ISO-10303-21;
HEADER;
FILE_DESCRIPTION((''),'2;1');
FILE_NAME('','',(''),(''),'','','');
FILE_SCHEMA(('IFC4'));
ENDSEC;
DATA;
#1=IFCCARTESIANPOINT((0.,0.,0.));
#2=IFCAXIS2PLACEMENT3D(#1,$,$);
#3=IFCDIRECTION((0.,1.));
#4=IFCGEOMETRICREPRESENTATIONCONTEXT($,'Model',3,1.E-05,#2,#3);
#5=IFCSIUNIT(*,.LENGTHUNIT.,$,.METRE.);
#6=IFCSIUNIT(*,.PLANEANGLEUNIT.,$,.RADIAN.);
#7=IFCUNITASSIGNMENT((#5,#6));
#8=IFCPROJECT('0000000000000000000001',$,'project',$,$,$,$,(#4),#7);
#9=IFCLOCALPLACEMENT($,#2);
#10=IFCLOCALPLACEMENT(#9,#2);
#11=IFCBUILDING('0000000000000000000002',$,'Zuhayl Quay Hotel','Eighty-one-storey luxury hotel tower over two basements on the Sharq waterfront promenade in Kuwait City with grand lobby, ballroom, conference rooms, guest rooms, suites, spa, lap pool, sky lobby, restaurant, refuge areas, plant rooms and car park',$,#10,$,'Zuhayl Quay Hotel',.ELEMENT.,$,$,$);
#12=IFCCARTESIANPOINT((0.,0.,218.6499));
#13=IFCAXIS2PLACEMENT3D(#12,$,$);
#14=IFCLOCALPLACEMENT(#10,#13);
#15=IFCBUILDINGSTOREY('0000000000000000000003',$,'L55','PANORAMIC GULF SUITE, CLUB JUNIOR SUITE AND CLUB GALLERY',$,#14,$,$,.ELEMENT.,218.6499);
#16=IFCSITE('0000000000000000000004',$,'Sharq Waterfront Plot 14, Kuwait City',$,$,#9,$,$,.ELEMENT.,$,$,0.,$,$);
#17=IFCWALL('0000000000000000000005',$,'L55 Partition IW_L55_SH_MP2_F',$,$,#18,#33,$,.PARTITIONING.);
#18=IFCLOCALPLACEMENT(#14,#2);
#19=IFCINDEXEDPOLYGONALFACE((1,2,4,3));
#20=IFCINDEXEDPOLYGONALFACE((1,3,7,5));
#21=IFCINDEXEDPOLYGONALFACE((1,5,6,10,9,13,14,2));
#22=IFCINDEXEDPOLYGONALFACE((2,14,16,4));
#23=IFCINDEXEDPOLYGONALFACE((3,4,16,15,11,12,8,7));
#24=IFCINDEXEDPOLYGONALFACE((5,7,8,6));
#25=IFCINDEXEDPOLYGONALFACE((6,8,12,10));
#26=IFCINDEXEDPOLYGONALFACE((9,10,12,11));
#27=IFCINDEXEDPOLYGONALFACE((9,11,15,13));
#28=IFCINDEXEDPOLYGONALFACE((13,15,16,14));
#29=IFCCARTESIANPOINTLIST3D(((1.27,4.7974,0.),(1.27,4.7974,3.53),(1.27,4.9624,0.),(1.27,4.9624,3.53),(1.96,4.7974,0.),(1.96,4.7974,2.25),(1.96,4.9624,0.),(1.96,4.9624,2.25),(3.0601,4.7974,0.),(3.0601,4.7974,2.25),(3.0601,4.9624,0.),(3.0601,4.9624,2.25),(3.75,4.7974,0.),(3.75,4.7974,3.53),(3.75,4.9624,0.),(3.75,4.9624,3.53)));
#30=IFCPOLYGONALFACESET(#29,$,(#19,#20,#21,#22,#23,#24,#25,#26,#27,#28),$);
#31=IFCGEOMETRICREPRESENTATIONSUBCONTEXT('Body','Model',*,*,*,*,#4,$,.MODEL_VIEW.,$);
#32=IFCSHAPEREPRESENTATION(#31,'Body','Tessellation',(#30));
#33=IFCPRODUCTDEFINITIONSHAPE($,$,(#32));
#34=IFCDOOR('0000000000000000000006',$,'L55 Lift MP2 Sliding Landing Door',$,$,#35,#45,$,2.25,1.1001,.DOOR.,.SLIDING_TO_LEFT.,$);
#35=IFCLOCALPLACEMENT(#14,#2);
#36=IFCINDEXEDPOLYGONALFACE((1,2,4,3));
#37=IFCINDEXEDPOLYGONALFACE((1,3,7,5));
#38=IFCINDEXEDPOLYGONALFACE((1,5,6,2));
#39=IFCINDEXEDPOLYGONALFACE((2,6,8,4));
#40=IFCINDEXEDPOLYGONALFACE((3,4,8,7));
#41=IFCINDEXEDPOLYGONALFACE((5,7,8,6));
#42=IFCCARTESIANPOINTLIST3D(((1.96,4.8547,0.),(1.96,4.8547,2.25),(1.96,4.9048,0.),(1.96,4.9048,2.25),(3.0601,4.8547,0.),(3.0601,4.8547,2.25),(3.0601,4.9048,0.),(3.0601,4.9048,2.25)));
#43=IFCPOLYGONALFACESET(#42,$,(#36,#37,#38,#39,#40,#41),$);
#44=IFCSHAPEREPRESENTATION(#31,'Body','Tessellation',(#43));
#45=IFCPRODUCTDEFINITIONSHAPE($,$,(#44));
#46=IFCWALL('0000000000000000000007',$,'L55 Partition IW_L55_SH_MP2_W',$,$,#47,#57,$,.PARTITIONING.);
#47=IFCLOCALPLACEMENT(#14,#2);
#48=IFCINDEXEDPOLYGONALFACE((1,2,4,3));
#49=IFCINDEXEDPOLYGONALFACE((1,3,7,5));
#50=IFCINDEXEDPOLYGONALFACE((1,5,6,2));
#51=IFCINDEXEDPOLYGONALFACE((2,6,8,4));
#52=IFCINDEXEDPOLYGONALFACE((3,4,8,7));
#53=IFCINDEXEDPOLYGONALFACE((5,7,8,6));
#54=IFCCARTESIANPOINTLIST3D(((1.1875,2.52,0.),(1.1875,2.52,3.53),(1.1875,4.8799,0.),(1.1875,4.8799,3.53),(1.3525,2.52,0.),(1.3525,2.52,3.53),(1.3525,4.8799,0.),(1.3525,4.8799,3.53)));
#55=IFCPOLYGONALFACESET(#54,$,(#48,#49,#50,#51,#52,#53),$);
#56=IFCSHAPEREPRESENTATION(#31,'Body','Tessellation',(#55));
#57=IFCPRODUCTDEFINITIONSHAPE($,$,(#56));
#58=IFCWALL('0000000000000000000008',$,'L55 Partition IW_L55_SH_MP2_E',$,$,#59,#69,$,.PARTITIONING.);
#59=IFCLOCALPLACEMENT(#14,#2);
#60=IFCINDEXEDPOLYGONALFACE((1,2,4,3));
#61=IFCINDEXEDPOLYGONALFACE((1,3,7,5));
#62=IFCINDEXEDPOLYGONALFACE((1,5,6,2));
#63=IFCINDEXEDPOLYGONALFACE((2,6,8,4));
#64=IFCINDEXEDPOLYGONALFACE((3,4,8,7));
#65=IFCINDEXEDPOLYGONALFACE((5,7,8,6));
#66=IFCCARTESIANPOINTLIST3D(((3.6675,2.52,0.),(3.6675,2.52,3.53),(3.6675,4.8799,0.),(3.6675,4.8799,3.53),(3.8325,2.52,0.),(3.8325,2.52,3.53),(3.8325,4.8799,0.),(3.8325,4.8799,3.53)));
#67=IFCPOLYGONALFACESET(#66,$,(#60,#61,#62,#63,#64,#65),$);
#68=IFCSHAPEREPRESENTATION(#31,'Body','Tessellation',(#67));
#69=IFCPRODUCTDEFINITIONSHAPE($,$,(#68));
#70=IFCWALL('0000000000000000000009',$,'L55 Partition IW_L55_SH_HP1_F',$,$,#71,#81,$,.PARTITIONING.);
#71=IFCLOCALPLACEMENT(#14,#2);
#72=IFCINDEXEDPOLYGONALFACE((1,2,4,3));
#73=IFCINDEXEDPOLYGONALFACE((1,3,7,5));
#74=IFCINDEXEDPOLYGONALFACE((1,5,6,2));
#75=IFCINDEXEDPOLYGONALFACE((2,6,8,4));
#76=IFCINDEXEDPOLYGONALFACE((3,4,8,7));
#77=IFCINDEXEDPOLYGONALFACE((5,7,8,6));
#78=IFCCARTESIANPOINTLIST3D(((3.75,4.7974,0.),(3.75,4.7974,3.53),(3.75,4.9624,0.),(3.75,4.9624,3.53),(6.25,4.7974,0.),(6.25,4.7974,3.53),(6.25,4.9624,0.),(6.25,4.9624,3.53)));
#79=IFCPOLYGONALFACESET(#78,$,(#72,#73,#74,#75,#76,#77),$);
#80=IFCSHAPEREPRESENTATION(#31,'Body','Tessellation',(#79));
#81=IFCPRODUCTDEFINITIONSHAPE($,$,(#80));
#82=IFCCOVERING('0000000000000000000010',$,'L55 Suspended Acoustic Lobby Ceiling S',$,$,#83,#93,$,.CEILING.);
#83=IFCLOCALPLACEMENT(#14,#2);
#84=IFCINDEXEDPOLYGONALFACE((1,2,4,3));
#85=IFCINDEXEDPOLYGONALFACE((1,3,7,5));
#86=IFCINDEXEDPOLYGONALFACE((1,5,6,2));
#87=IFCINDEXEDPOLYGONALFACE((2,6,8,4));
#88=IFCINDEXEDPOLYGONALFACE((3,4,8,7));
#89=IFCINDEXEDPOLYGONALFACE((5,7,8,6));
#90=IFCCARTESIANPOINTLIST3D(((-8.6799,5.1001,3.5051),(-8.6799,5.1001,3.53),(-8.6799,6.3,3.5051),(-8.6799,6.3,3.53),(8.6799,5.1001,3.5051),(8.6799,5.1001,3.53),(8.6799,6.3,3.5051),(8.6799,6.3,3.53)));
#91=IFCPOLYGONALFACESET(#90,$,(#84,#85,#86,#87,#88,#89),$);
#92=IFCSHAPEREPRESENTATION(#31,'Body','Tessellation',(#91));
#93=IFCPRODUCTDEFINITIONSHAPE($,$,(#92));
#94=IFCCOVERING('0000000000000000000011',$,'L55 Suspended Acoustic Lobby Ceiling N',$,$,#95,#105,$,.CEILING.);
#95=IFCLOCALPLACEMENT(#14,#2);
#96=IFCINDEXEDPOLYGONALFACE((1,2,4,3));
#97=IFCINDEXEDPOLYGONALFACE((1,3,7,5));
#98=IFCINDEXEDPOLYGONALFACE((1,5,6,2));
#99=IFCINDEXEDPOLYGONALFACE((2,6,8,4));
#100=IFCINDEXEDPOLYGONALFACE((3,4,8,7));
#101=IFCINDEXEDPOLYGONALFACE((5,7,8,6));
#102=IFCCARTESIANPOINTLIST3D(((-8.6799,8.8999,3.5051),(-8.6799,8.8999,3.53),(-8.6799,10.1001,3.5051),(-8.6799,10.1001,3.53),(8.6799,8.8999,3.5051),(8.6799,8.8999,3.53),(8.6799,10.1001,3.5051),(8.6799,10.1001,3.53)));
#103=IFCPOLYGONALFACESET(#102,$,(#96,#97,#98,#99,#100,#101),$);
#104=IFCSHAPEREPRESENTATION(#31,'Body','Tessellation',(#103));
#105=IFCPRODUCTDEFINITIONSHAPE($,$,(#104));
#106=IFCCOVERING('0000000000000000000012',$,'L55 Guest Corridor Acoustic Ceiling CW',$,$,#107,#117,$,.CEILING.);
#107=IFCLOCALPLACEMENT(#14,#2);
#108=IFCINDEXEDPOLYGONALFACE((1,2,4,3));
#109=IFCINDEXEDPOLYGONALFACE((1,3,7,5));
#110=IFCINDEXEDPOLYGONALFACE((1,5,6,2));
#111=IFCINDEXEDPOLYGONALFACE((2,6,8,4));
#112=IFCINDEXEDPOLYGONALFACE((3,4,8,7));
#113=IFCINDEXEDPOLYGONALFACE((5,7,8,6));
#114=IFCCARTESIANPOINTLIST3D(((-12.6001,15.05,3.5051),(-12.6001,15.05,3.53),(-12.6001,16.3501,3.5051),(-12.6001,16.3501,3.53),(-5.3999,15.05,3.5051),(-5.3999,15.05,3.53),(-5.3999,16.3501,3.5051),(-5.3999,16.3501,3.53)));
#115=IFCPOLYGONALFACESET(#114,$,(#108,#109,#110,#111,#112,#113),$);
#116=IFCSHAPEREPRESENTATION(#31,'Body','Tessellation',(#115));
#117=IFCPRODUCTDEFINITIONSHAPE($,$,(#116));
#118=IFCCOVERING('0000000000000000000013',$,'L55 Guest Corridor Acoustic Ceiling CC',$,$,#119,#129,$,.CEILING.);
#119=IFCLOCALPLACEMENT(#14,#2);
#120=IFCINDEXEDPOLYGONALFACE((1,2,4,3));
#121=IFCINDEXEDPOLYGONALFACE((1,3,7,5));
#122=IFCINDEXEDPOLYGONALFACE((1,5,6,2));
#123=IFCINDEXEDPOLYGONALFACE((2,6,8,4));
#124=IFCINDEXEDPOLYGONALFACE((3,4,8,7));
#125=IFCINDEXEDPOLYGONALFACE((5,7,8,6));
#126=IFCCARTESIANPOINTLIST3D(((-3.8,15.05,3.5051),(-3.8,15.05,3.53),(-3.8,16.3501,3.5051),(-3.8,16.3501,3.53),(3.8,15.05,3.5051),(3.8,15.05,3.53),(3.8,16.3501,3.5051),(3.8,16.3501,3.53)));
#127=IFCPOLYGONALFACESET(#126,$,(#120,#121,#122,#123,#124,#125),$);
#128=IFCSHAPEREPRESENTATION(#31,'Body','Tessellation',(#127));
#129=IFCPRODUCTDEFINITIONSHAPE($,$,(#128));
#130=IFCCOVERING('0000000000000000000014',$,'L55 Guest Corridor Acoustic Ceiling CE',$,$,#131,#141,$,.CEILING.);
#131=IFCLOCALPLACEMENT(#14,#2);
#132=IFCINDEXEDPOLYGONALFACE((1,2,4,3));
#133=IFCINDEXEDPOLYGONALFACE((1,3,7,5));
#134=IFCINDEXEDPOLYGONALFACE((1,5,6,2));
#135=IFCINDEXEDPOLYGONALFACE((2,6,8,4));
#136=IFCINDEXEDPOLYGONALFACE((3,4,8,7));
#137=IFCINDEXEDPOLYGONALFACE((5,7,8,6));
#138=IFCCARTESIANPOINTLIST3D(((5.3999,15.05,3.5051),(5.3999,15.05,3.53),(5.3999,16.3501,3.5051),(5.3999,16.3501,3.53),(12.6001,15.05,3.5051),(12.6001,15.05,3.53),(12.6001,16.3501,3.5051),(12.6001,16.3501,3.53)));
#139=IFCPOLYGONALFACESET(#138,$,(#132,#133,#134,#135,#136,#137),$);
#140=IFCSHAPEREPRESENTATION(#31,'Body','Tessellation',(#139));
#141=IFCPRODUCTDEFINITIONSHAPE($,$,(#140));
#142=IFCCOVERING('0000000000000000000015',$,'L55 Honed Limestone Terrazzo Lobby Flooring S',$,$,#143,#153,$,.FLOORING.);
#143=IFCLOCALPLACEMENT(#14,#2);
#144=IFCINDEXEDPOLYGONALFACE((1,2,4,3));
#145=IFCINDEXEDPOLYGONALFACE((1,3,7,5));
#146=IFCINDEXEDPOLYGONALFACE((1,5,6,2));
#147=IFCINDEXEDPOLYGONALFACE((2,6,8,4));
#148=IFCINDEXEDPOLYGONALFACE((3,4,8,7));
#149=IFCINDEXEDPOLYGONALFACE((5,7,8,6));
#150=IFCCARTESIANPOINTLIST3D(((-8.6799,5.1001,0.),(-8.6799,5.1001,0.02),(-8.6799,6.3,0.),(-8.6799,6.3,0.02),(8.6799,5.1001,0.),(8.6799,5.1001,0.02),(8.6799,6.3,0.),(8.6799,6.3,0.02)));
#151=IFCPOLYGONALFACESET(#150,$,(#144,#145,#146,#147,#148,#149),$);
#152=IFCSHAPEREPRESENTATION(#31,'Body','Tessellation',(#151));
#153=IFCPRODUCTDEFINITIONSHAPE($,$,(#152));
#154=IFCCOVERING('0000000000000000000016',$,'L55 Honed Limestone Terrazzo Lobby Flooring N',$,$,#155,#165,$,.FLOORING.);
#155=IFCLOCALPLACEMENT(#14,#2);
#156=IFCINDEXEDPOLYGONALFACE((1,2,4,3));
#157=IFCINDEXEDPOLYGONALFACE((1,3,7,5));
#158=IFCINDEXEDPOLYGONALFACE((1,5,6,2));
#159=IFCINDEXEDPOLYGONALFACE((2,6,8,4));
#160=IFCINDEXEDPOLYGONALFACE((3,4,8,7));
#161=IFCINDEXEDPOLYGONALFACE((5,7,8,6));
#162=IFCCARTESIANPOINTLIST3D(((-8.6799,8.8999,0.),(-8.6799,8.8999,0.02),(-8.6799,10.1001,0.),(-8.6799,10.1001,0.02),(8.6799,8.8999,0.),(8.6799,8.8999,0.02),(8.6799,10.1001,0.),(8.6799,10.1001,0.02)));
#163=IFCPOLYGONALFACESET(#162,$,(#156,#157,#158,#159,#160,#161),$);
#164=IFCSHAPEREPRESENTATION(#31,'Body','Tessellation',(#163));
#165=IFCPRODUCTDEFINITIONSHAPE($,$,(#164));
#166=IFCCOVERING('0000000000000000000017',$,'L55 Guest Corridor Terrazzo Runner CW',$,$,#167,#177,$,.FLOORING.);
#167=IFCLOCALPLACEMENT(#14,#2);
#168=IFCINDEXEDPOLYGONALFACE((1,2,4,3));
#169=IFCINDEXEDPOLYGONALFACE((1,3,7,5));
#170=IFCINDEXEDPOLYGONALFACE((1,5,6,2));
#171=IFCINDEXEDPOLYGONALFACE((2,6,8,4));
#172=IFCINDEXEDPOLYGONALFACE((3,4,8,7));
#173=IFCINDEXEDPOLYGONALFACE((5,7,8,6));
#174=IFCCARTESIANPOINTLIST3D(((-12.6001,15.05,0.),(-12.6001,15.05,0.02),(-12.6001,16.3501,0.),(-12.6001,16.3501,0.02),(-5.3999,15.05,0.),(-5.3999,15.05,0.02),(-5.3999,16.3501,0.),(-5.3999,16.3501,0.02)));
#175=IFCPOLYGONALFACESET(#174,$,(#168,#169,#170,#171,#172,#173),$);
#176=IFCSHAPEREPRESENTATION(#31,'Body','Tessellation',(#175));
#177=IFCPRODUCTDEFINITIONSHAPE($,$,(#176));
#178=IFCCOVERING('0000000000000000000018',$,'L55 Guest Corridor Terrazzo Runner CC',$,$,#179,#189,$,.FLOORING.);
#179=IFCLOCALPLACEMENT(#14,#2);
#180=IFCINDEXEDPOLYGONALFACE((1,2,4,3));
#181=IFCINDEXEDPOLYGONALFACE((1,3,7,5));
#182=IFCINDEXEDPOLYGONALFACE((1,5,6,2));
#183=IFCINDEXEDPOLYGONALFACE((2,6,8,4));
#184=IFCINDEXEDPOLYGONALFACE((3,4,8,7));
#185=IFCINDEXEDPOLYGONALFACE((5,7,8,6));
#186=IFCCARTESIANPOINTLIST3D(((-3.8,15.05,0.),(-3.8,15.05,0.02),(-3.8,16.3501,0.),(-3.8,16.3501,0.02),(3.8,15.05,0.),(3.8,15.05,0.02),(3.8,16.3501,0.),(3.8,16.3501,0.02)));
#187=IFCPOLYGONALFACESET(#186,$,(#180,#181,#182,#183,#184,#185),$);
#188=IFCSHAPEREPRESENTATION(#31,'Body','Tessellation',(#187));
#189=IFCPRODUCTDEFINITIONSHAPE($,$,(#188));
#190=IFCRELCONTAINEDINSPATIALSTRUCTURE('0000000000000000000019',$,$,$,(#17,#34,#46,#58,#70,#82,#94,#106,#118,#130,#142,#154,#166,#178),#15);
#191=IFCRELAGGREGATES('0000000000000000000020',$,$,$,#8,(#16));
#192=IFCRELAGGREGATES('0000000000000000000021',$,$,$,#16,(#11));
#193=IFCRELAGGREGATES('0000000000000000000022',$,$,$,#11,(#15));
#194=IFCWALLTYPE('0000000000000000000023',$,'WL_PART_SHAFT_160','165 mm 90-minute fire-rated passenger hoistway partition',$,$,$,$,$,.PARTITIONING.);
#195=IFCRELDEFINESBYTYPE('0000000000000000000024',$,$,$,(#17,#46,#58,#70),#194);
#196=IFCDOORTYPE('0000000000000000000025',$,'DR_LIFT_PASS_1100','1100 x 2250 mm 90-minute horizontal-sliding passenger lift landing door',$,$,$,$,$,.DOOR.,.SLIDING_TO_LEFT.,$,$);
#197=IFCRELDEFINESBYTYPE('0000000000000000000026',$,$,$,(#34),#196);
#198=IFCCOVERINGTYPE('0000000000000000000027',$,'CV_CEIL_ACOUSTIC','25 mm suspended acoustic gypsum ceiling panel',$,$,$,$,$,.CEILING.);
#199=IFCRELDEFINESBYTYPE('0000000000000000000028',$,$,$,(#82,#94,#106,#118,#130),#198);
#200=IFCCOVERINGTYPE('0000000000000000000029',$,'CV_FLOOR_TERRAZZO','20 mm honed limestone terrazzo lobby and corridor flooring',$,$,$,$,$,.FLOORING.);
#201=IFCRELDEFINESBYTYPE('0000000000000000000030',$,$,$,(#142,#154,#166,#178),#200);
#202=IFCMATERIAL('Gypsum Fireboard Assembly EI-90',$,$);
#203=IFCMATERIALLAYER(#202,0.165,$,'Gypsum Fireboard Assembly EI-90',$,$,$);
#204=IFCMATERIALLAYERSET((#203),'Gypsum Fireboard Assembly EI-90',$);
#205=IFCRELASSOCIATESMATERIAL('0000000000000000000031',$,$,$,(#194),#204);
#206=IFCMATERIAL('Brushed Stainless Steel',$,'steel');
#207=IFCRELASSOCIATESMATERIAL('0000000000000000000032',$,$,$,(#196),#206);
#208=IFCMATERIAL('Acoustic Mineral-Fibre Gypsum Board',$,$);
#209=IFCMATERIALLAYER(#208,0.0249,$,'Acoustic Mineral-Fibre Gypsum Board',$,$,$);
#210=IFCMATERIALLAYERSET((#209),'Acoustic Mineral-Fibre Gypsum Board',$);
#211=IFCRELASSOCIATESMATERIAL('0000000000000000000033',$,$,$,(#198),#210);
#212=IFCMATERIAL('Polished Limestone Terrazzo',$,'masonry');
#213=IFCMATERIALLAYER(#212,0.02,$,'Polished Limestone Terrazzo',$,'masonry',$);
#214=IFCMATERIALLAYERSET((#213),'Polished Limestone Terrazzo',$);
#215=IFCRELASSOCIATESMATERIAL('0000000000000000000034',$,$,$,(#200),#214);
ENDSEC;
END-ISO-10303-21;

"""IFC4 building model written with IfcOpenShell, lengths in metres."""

from ifc_helpers import new_model, si_unit, direction, frame, frame_2d, origin, place, context, subcontext, project, spatial, polyline, rectangle, outline, extrude, material, layer, layer_set, type_object, element, fill, save


model = new_model("IFC4")

# Units and contexts
model_context = context("Model", 3, precision=1e-05, world=origin(), true_north=direction((0.0, 1.0)))
body_context = subcontext(model_context, "Body", "Model", "MODEL_VIEW")
ifc_project = project(units=[si_unit("LENGTHUNIT", "METRE"), si_unit("PLANEANGLEUNIT", "RADIAN")], contexts=[model_context])

# Site, building, storey
site_placement = place(None, origin())
site = spatial("IfcSite", under=ifc_project, at=site_placement, Name="Sharq Waterfront Plot 14, Kuwait City", CompositionType="ELEMENT", RefElevation=0.0)
building_placement = place(site_placement, origin())
building = spatial("IfcBuilding", under=site, at=building_placement, Name="Zuhayl Quay Hotel", Description="Eighty-one-storey luxury hotel tower over two basements on the Sharq waterfront promenade in Kuwait City with grand lobby, ballroom, conference rooms, guest rooms, suites, spa, lap pool, sky lobby, restaurant, refuge areas, plant rooms and car park", LongName="Zuhayl Quay Hotel", CompositionType="ELEMENT")
storey_placement = place(building_placement, frame((0.0, 0.0, 218.6499)))
storey = spatial("IfcBuildingStorey", under=building, at=storey_placement, Name="L55", Description="PANORAMIC GULF SUITE, CLUB JUNIOR SUITE AND CLUB GALLERY", CompositionType="ELEMENT", Elevation=218.6499)

# Wall, opening, door
ifc_material_1 = material(Name="Gypsum Fireboard Assembly EI-90")
ifc_layer_1 = layer(ifc_material_1, 0.165, Name="Gypsum Fireboard Assembly EI-90")
ifc_layer_set_1 = layer_set([ifc_layer_1], Name="Gypsum Fireboard Assembly EI-90")
wall_type_1 = type_object("IfcWallType", Name="WL_PART_SHAFT_160", Description="165 mm 90-minute fire-rated passenger hoistway partition", PredefinedType="PARTITIONING", material=ifc_layer_set_1)
wall_1_placement = place(storey_placement, frame((1.27, 4.8799, 0.0), z_axis=(0.0, 0.0, 1.0), x_axis=(1.0, 0.0, 0.0)))
wall_1 = element("IfcWall", 1, at=wall_1_placement, inside=storey, type_object=wall_type_1, Name="L55 Partition IW_L55_SH_MP2_F", PredefinedType="PARTITIONING", context=body_context, shape_type="SweptSolid", body=[
    extrude(rectangle(XDim=2.48, YDim=0.165, at=frame_2d((1.24, 0.0))), origin(), (0.0, 0.0, 1.0), 3.53),
])
opening_1_placement = place(wall_1_placement, frame((0.6899, 0.0, 0.0)))
opening_1 = element("IfcOpeningElement", 2, at=opening_1_placement, cuts=wall_1, PredefinedType="OPENING", context=body_context, shape_type="SweptSolid", body=[
    extrude(rectangle(XDim=1.1001, YDim=2.25, at=frame_2d((0.55, 1.125))), frame((0.0, 0.0925, 0.0), z_axis=(0.0, -1.0, 0.0), x_axis=(1.0, 0.0, 0.0)), (0.0, 0.0, 1.0), 0.1851),
])
ifc_material_2 = material(Name="Brushed Stainless Steel", Category="steel")
door_type_1 = type_object("IfcDoorType", Name="DR_LIFT_PASS_1100", Description="1100 x 2250 mm 90-minute horizontal-sliding passenger lift landing door", OperationType="SLIDING_TO_LEFT", PredefinedType="DOOR", material=ifc_material_2)
door_1_placement = place(opening_1_placement, origin())
door_1 = element("IfcDoor", 3, at=door_1_placement, inside=storey, type_object=door_type_1, Name="L55 Lift MP2 Sliding Landing Door", OperationType="SLIDING_TO_LEFT", OverallHeight=2.25, OverallWidth=1.1001, PredefinedType="DOOR", context=body_context, shape_type="SweptSolid", body=[
    extrude(rectangle(XDim=1.1001, YDim=2.25, at=frame_2d((0.55, 1.125))), frame((0.0, 0.0249, 0.0), z_axis=(0.0, -1.0, 0.0), x_axis=(1.0, 0.0, 0.0)), (0.0, 0.0, 1.0), 0.05),
])
fill(opening_1, door_1)

# Walls
for number, where, z_axis, x_axis, name in (
    (4, (1.27, 2.52, 0.0), (0.0, 0.0, 1.0), (0.0, 1.0, 0.0), "L55 Partition IW_L55_SH_MP2_W"),
    (5, (3.75, 2.52, 0.0), (0.0, 0.0, 1.0), (0.0, 1.0, 0.0), "L55 Partition IW_L55_SH_MP2_E"),
):
    element("IfcWall", number, at=place(storey_placement, frame(where, z_axis=z_axis, x_axis=x_axis)), inside=storey, type_object=wall_type_1, Name=name, PredefinedType="PARTITIONING", context=body_context, shape_type="SweptSolid", body=[
        extrude(rectangle(XDim=2.3599, YDim=0.165, at=frame_2d((1.1799, 0.0))), origin(), (0.0, 0.0, 1.0), 3.53),
    ])
wall_2_placement = place(storey_placement, frame((3.75, 4.8799, 0.0), z_axis=(0.0, 0.0, 1.0), x_axis=(1.0, 0.0, 0.0)))
element("IfcWall", 6, at=wall_2_placement, inside=storey, type_object=wall_type_1, Name="L55 Partition IW_L55_SH_HP1_F", PredefinedType="PARTITIONING", context=body_context, shape_type="SweptSolid", body=[
    extrude(rectangle(XDim=2.5, YDim=0.165, at=frame_2d((1.25, 0.0))), origin(), (0.0, 0.0, 1.0), 3.53),
])

# Coverings
ifc_material_3 = material(Name="Acoustic Mineral-Fibre Gypsum Board")
ifc_layer_2 = layer(ifc_material_3, 0.0249, Name="Acoustic Mineral-Fibre Gypsum Board")
ifc_layer_set_2 = layer_set([ifc_layer_2], Name="Acoustic Mineral-Fibre Gypsum Board")
covering_type_1 = type_object("IfcCoveringType", Name="CV_CEIL_ACOUSTIC", Description="25 mm suspended acoustic gypsum ceiling panel", PredefinedType="CEILING", material=ifc_layer_set_2)
covering_1_placement = place(storey_placement, frame((0.0, 0.0, 3.5051)))
element("IfcCovering", 7, at=covering_1_placement, inside=storey, type_object=covering_type_1, Name="L55 Suspended Acoustic Lobby Ceiling S", PredefinedType="CEILING", context=body_context, shape_type="SweptSolid", body=[
    extrude(outline(polyline([(-8.6799, 5.1001), (8.6799, 5.1001), (8.6799, 6.3), (-8.6799, 6.3), (-8.6799, 5.1001)])), origin(), (0.0, 0.0, 1.0), 0.0249),
])
covering_2_placement = place(storey_placement, frame((0.0, 0.0, 3.5051)))
element("IfcCovering", 8, at=covering_2_placement, inside=storey, type_object=covering_type_1, Name="L55 Suspended Acoustic Lobby Ceiling N", PredefinedType="CEILING", context=body_context, shape_type="SweptSolid", body=[
    extrude(outline(polyline([(-8.6799, 8.8999), (8.6799, 8.8999), (8.6799, 10.1001), (-8.6799, 10.1001), (-8.6799, 8.8999)])), origin(), (0.0, 0.0, 1.0), 0.0249),
])
covering_3_placement = place(storey_placement, frame((0.0, 0.0, 3.5051)))
element("IfcCovering", 9, at=covering_3_placement, inside=storey, type_object=covering_type_1, Name="L55 Guest Corridor Acoustic Ceiling CW", PredefinedType="CEILING", context=body_context, shape_type="SweptSolid", body=[
    extrude(outline(polyline([(-12.6001, 15.05), (-5.3999, 15.05), (-5.3999, 16.3501), (-12.6001, 16.3501), (-12.6001, 15.05)])), origin(), (0.0, 0.0, 1.0), 0.0249),
])
covering_4_placement = place(storey_placement, frame((0.0, 0.0, 3.5051)))
element("IfcCovering", 10, at=covering_4_placement, inside=storey, type_object=covering_type_1, Name="L55 Guest Corridor Acoustic Ceiling CC", PredefinedType="CEILING", context=body_context, shape_type="SweptSolid", body=[
    extrude(outline(polyline([(-3.8, 15.05), (3.8, 15.05), (3.8, 16.3501), (-3.8, 16.3501), (-3.8, 15.05)])), origin(), (0.0, 0.0, 1.0), 0.0249),
])
covering_5_placement = place(storey_placement, frame((0.0, 0.0, 3.5051)))
element("IfcCovering", 11, at=covering_5_placement, inside=storey, type_object=covering_type_1, Name="L55 Guest Corridor Acoustic Ceiling CE", PredefinedType="CEILING", context=body_context, shape_type="SweptSolid", body=[
    extrude(outline(polyline([(5.3999, 15.05), (12.6001, 15.05), (12.6001, 16.3501), (5.3999, 16.3501), (5.3999, 15.05)])), origin(), (0.0, 0.0, 1.0), 0.0249),
])
ifc_material_4 = material(Name="Polished Limestone Terrazzo", Category="masonry")
ifc_layer_3 = layer(ifc_material_4, 0.02, Name="Polished Limestone Terrazzo", Category="masonry")
ifc_layer_set_3 = layer_set([ifc_layer_3], Name="Polished Limestone Terrazzo")
covering_type_2 = type_object("IfcCoveringType", Name="CV_FLOOR_TERRAZZO", Description="20 mm honed limestone terrazzo lobby and corridor flooring", PredefinedType="FLOORING", material=ifc_layer_set_3)
covering_6_placement = place(storey_placement, origin())
element("IfcCovering", 12, at=covering_6_placement, inside=storey, type_object=covering_type_2, Name="L55 Honed Limestone Terrazzo Lobby Flooring S", PredefinedType="FLOORING", context=body_context, shape_type="SweptSolid", body=[
    extrude(outline(polyline([(-8.6799, 5.1001), (8.6799, 5.1001), (8.6799, 6.3), (-8.6799, 6.3), (-8.6799, 5.1001)])), origin(), (0.0, 0.0, 1.0), 0.02),
])
covering_7_placement = place(storey_placement, origin())
element("IfcCovering", 13, at=covering_7_placement, inside=storey, type_object=covering_type_2, Name="L55 Honed Limestone Terrazzo Lobby Flooring N", PredefinedType="FLOORING", context=body_context, shape_type="SweptSolid", body=[
    extrude(outline(polyline([(-8.6799, 8.8999), (8.6799, 8.8999), (8.6799, 10.1001), (-8.6799, 10.1001), (-8.6799, 8.8999)])), origin(), (0.0, 0.0, 1.0), 0.02),
])
covering_8_placement = place(storey_placement, origin())
element("IfcCovering", 14, at=covering_8_placement, inside=storey, type_object=covering_type_2, Name="L55 Guest Corridor Terrazzo Runner CW", PredefinedType="FLOORING", context=body_context, shape_type="SweptSolid", body=[
    extrude(outline(polyline([(-12.6001, 15.05), (-5.3999, 15.05), (-5.3999, 16.3501), (-12.6001, 16.3501), (-12.6001, 15.05)])), origin(), (0.0, 0.0, 1.0), 0.02),
])
covering_9_placement = place(storey_placement, origin())
element("IfcCovering", 15, at=covering_9_placement, inside=storey, type_object=covering_type_2, Name="L55 Guest Corridor Terrazzo Runner CC", PredefinedType="FLOORING", context=body_context, shape_type="SweptSolid", body=[
    extrude(outline(polyline([(-3.8, 15.05), (3.8, 15.05), (3.8, 16.3501), (-3.8, 16.3501), (-3.8, 15.05)])), origin(), (0.0, 0.0, 1.0), 0.02),
])

save(model, "model.ifc")
